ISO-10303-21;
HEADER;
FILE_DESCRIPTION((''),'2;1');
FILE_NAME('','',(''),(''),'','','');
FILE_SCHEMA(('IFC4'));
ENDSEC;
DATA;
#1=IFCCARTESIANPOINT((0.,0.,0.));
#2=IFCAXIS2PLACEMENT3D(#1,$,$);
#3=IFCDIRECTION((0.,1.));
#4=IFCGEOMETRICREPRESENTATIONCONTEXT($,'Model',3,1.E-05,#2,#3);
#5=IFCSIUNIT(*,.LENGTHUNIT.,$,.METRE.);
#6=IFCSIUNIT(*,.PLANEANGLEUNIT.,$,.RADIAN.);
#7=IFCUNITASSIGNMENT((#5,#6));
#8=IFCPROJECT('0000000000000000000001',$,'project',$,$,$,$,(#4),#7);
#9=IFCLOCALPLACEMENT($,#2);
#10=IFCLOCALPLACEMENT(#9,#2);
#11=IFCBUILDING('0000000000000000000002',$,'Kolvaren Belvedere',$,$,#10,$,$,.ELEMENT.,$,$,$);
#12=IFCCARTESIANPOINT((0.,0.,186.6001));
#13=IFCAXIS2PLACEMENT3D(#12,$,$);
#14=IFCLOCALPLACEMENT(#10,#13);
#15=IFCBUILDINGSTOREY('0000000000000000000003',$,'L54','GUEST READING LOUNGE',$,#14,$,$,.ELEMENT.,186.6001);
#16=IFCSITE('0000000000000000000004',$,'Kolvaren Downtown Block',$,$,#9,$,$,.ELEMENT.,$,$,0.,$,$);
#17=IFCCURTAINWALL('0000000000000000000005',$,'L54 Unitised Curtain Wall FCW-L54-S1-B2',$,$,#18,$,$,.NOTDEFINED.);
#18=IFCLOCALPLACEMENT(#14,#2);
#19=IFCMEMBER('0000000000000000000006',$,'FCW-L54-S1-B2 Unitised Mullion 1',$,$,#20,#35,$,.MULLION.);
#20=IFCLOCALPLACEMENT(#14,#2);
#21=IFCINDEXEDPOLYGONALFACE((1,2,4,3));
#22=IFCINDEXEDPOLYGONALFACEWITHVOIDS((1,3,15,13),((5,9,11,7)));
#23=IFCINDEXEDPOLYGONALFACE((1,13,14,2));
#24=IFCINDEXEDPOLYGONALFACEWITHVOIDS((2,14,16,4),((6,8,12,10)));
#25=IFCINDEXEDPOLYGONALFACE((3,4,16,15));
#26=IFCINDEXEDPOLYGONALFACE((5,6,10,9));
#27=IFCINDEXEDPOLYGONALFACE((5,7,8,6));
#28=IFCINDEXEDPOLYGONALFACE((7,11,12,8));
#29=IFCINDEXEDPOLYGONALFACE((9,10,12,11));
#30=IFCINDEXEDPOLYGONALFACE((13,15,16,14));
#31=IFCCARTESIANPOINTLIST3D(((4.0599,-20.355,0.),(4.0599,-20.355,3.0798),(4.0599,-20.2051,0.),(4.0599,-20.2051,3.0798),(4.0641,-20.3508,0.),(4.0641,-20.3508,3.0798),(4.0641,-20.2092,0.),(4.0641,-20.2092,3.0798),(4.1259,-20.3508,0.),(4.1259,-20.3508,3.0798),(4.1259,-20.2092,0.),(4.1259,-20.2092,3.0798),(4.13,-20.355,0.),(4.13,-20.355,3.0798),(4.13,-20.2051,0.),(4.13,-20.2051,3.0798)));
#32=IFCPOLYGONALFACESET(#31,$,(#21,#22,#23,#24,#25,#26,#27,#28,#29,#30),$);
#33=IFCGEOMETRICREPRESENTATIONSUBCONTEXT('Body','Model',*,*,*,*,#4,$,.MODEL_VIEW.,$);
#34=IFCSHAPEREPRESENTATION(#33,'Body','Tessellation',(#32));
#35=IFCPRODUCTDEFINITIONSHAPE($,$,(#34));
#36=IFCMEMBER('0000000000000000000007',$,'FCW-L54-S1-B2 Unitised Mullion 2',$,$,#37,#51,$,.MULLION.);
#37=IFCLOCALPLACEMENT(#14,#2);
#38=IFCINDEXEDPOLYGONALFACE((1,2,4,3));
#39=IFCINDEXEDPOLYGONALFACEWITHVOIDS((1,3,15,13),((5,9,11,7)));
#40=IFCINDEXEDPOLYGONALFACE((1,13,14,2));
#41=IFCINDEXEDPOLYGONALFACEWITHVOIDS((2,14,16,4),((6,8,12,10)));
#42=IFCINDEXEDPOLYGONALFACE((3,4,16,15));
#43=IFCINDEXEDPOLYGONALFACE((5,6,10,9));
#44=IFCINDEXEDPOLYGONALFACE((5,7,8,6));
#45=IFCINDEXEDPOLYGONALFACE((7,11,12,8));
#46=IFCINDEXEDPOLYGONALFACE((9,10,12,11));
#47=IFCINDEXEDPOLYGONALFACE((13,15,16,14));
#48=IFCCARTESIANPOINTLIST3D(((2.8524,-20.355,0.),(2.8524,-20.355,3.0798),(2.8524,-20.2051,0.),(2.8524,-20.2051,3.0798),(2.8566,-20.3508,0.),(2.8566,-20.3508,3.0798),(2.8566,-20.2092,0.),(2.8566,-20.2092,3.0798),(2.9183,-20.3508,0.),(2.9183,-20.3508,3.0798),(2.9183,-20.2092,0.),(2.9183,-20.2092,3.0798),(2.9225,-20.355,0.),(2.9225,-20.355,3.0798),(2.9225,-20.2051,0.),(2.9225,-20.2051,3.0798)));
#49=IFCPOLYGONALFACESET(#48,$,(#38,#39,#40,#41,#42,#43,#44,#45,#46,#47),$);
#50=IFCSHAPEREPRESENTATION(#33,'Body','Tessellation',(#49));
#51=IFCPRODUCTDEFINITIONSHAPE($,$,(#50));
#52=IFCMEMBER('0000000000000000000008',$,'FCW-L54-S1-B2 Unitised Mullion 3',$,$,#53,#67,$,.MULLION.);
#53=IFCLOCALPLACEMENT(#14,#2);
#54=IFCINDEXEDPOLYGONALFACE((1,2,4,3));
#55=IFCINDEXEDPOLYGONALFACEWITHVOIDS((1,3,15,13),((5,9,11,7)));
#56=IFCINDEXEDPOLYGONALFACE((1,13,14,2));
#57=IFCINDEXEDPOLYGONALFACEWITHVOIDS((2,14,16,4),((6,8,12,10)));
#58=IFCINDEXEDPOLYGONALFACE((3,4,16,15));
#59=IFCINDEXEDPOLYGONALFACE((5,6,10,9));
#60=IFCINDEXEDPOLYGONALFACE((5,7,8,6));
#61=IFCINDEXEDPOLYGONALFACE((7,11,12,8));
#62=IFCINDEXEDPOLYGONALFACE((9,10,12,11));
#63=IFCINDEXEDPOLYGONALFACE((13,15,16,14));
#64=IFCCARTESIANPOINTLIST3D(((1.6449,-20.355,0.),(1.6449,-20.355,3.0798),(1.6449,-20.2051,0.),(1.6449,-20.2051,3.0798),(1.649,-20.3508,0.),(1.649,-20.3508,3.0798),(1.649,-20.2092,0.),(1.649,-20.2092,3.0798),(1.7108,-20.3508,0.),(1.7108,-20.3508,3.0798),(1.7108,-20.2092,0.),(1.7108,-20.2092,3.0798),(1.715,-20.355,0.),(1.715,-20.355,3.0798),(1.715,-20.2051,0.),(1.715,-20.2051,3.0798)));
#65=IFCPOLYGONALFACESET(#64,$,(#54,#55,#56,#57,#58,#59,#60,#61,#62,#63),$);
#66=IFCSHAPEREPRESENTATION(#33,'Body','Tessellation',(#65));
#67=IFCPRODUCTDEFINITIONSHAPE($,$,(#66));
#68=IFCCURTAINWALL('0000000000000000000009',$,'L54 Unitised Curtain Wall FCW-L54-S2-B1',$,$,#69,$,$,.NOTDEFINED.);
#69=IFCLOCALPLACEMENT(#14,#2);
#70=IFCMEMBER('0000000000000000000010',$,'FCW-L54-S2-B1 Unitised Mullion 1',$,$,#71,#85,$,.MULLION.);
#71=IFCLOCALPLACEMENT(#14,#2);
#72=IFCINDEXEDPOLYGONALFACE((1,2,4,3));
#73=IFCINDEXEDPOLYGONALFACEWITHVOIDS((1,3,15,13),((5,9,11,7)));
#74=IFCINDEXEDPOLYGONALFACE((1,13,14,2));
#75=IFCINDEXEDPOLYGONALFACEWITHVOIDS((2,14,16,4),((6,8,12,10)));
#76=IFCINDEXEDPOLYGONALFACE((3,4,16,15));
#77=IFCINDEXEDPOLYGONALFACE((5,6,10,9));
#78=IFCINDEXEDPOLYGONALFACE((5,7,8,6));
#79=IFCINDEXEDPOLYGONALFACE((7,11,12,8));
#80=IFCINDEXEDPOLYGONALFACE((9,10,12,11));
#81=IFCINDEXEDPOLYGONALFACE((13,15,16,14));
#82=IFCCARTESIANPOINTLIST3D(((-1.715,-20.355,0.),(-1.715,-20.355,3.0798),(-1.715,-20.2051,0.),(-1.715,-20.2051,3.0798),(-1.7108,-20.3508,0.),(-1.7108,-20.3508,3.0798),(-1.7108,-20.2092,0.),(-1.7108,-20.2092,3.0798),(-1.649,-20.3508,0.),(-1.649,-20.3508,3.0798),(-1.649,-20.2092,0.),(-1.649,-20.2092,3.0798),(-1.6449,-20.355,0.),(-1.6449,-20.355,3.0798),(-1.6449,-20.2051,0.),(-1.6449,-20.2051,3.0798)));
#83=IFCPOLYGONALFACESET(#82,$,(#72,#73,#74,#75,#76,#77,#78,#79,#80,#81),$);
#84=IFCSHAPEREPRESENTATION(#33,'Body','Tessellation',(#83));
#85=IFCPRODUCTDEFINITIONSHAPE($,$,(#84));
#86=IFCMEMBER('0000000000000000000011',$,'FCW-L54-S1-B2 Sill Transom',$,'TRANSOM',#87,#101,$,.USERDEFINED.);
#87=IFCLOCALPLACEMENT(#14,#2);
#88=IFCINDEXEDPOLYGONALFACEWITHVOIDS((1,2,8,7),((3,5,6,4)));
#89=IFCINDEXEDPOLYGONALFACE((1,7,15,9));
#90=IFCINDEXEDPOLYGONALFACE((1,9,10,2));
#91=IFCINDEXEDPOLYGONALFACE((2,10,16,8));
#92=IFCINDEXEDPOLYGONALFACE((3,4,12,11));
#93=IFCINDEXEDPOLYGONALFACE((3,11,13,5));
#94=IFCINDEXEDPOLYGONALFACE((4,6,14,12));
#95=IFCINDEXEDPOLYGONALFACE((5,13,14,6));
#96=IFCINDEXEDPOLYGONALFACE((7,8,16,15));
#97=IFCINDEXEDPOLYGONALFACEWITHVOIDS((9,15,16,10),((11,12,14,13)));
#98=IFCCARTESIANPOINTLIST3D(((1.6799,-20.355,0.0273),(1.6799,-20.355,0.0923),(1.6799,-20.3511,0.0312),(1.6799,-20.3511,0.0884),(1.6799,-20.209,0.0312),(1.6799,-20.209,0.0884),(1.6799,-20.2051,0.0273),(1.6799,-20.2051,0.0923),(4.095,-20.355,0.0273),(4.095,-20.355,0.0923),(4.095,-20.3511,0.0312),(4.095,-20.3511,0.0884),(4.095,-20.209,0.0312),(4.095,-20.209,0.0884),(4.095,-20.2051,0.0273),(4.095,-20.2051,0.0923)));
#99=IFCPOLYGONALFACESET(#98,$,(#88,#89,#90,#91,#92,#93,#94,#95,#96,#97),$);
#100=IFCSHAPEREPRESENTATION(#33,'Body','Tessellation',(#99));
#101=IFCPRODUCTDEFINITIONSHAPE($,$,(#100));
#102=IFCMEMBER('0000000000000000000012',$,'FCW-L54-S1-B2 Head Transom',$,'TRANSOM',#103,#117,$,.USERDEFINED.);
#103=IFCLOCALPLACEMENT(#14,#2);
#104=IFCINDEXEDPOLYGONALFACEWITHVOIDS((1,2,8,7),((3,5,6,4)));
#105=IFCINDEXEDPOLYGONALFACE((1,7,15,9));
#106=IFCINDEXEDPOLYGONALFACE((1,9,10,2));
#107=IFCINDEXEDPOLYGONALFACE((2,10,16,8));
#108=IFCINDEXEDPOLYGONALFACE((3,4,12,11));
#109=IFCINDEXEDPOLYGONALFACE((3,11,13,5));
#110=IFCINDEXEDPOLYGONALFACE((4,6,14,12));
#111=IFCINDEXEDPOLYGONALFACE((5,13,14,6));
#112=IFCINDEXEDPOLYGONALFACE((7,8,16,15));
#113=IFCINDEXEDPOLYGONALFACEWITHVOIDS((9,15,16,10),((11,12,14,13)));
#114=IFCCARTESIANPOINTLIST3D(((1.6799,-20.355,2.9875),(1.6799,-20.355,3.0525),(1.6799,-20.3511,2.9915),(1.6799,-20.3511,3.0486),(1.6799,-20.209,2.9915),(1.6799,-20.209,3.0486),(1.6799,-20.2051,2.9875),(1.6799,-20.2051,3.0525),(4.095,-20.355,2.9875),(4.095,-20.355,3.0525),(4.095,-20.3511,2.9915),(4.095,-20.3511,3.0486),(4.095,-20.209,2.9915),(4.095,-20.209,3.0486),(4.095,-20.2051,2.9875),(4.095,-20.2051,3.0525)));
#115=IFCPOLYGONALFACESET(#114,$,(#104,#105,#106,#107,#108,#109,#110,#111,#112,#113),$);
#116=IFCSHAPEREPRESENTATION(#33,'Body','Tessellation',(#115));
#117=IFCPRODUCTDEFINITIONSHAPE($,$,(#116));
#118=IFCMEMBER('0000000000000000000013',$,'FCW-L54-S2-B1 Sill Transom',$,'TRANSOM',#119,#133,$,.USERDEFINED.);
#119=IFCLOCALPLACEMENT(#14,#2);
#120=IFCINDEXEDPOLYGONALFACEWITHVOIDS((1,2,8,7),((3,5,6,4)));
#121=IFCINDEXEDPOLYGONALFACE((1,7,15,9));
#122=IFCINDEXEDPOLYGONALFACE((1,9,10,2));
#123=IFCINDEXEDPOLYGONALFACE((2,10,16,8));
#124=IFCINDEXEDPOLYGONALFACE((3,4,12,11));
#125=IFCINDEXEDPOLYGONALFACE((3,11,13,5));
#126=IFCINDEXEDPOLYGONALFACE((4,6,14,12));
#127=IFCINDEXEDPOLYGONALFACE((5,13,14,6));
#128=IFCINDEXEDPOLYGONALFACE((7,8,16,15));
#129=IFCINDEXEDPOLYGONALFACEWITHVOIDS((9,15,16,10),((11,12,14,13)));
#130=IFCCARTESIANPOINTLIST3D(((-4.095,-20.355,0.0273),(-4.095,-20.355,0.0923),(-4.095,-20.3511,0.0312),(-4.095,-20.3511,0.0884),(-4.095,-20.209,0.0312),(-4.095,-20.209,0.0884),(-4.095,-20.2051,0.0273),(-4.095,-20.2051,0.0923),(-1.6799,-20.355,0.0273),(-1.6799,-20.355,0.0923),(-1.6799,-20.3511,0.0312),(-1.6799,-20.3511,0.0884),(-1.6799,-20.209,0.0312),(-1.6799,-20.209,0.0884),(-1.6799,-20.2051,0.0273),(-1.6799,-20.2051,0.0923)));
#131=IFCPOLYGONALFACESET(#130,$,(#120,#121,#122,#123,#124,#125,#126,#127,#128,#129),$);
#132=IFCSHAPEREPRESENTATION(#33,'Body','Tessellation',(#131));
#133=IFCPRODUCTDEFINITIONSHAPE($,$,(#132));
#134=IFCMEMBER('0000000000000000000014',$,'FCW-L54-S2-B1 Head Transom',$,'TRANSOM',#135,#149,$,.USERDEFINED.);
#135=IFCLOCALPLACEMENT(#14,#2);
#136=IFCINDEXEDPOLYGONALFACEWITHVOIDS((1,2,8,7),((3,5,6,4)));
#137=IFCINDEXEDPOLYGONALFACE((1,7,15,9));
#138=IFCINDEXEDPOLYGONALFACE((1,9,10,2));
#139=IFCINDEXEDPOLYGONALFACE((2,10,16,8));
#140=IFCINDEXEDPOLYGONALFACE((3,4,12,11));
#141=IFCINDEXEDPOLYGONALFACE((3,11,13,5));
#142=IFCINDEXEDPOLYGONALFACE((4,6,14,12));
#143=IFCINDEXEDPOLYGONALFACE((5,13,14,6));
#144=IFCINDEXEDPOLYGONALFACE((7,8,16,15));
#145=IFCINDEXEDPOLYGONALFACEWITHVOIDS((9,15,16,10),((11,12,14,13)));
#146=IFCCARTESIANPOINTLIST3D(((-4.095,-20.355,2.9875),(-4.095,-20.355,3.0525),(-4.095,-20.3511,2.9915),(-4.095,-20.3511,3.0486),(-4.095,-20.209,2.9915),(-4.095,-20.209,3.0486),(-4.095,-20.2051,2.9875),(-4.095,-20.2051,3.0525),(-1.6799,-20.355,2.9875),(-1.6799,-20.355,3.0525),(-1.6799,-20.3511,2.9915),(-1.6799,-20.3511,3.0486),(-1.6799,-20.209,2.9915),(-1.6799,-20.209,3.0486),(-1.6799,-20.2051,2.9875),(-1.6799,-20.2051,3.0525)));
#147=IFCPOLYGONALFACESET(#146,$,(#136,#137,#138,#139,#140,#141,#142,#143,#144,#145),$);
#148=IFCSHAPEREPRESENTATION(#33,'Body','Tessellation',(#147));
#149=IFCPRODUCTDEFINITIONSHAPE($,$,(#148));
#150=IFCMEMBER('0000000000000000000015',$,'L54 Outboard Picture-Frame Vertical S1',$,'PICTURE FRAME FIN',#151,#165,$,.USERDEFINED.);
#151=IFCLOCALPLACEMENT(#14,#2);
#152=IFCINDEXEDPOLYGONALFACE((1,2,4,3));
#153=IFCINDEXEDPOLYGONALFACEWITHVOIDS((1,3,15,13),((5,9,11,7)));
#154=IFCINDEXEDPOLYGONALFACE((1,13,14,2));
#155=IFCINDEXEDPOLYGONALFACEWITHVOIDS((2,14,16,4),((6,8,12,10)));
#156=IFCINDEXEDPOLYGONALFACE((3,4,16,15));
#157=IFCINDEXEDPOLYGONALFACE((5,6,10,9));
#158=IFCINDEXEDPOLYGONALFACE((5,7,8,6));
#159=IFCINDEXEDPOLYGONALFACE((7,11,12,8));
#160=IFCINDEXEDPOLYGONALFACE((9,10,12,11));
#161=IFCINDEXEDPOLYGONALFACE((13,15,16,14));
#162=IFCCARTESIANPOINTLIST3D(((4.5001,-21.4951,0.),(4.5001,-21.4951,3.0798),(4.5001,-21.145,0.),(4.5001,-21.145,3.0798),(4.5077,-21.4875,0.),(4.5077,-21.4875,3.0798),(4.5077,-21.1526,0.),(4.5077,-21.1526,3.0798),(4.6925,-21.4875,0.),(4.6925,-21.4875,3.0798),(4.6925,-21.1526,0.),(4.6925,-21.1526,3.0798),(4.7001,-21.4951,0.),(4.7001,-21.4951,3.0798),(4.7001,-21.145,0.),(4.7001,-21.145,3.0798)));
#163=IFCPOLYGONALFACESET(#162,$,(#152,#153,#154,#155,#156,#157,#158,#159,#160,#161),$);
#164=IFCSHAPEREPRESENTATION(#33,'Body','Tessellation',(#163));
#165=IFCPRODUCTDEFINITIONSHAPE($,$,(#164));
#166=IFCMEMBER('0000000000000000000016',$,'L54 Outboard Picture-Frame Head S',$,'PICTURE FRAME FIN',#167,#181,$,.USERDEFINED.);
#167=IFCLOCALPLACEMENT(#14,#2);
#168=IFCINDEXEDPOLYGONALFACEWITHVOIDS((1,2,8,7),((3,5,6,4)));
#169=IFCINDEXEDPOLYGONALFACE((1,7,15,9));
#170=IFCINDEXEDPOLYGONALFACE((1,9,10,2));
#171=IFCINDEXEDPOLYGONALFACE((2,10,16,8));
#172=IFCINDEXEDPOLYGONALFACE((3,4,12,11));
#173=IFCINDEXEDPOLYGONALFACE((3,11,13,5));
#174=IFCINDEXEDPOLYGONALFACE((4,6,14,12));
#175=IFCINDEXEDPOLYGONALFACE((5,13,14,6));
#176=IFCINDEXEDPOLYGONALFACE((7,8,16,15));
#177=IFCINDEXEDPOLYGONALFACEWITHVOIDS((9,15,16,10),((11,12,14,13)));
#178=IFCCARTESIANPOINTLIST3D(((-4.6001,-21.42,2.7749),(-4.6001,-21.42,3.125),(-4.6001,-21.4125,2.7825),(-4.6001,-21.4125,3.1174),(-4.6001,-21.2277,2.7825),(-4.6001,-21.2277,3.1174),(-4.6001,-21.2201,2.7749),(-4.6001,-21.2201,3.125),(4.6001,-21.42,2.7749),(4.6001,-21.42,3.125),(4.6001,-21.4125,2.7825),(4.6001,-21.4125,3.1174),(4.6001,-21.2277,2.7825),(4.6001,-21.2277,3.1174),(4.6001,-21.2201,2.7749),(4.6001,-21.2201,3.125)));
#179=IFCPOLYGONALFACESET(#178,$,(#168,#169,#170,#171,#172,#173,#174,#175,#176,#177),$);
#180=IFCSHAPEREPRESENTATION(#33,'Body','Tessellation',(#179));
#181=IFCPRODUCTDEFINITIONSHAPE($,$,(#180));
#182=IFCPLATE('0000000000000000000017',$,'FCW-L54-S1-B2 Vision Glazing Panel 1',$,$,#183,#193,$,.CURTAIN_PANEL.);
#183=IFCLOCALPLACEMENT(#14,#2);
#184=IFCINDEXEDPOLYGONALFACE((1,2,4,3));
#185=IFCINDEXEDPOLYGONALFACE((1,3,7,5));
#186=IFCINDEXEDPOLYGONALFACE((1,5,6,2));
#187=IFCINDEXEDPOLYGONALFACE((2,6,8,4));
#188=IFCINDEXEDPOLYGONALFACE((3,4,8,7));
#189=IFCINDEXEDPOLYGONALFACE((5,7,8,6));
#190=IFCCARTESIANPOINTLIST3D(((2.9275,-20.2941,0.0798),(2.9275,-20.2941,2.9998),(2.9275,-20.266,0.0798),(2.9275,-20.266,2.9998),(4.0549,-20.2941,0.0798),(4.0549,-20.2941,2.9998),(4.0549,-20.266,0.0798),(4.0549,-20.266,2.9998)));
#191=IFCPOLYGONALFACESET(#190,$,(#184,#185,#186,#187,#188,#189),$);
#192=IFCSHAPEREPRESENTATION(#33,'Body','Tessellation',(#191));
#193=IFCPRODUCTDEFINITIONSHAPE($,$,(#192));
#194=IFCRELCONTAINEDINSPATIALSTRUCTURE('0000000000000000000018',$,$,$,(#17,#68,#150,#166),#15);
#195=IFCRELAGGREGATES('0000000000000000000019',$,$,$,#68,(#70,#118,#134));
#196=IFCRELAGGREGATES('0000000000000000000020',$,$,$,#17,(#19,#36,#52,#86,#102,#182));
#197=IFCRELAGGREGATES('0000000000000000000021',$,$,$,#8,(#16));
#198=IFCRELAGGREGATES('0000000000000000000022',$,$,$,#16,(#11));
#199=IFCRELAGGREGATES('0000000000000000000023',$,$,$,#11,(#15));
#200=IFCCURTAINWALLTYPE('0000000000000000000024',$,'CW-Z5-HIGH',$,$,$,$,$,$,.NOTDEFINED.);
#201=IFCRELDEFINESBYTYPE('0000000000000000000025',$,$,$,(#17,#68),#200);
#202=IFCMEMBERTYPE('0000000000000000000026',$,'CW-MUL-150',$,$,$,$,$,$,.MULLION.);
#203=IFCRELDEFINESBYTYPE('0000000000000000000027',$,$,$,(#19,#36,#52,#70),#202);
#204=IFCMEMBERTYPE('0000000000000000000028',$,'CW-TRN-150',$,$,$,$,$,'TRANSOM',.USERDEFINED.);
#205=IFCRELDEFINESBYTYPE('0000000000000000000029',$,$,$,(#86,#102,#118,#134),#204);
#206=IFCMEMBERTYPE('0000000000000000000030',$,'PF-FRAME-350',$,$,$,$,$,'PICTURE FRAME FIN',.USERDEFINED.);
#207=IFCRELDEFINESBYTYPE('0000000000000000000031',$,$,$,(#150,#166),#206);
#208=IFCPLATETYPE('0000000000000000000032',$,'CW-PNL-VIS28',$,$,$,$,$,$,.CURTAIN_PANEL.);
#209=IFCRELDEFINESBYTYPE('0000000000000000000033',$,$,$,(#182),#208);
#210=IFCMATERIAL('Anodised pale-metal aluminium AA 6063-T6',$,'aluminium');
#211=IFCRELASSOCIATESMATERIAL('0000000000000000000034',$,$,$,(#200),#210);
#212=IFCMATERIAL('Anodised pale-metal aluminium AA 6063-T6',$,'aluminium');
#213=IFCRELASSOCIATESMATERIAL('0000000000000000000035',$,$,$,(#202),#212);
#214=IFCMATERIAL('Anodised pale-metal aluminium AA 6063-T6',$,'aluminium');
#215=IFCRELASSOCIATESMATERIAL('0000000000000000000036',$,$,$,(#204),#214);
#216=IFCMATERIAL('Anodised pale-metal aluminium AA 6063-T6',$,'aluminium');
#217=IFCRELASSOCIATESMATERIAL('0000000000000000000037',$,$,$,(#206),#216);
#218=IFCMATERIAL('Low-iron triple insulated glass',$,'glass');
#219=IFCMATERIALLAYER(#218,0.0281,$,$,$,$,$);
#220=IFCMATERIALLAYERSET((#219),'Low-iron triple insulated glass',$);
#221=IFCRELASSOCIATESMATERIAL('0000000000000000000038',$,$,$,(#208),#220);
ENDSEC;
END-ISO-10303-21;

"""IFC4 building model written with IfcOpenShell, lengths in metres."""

from ifc_helpers import new_model, si_unit, direction, frame, origin, origin_2d, place, context, subcontext, project, spatial, rectangle, hollow_rectangle, extrude, material, layer, layer_set, material_profile, profile_set, type_object, element, aggregate, save


model = new_model("IFC4")

# Units and contexts
model_context = context("Model", 3, precision=1e-05, world=origin(), true_north=direction((0.0, 1.0)))
body_context = subcontext(model_context, "Body", "Model", "MODEL_VIEW")
ifc_project = project(units=[si_unit("LENGTHUNIT", "METRE"), si_unit("PLANEANGLEUNIT", "RADIAN")], contexts=[model_context])

# Site, building, storey
site_placement = place(None, origin())
site = spatial("IfcSite", under=ifc_project, at=site_placement, Name="Kolvaren Downtown Block", CompositionType="ELEMENT", RefElevation=0.0)
building_placement = place(site_placement, origin())
building = spatial("IfcBuilding", under=site, at=building_placement, Name="Kolvaren Belvedere", CompositionType="ELEMENT")
storey_placement = place(building_placement, frame((0.0, 0.0, 186.6001)))
storey = spatial("IfcBuildingStorey", under=building, at=storey_placement, Name="L54", Description="GUEST READING LOUNGE", CompositionType="ELEMENT", Elevation=186.6001)

# Curtain wall, members
ifc_material_1 = material(Name="Anodised pale-metal aluminium AA 6063-T6", Category="aluminium")
curtain_wall_type = type_object("IfcCurtainWallType", Name="CW-Z5-HIGH", PredefinedType="NOTDEFINED", material=ifc_material_1)
curtain_wall_1_placement = place(storey_placement, origin())
curtain_wall_1 = element("IfcCurtainWall", 1, at=curtain_wall_1_placement, inside=storey, type_object=curtain_wall_type, Name="L54 Unitised Curtain Wall FCW-L54-S1-B2", PredefinedType="NOTDEFINED")
ifc_material_2 = material(Name="Anodised pale-metal aluminium AA 6063-T6", Category="aluminium")
ifc_material_profile_1 = material_profile(ifc_material_2, hollow_rectangle(XDim=0.0701, YDim=0.1499, WallThickness=0.0042, at=origin_2d()), Name="ALU-MUL-150X70")
ifc_profile_set_1 = profile_set([ifc_material_profile_1], Name="Anodised pale-metal aluminium AA 6063-T6")
member_type_1 = type_object("IfcMemberType", Name="CW-MUL-150", PredefinedType="MULLION", material=ifc_profile_set_1)
member_1_placement = place(storey_placement, frame((4.095, -20.28, 0.0), z_axis=(0.0, 0.0, 1.0), x_axis=(1.0, 0.0, 0.0)))
member_1 = element("IfcMember", 2, at=member_1_placement, type_object=member_type_1, Name="FCW-L54-S1-B2 Unitised Mullion 1", PredefinedType="MULLION", context=body_context, shape_type="SweptSolid", body=[
    extrude(hollow_rectangle(XDim=0.0701, YDim=0.1499, WallThickness=0.0042, at=origin_2d()), origin(), (0.0, 0.0, 1.0), 3.0798),
])
member_2_placement = place(storey_placement, frame((2.8875, -20.28, 0.0), z_axis=(0.0, 0.0, 1.0), x_axis=(1.0, 0.0, 0.0)))
member_2 = element("IfcMember", 3, at=member_2_placement, type_object=member_type_1, Name="FCW-L54-S1-B2 Unitised Mullion 2", PredefinedType="MULLION", context=body_context, shape_type="SweptSolid", body=[
    extrude(hollow_rectangle(XDim=0.0701, YDim=0.1499, WallThickness=0.0042, at=origin_2d()), origin(), (0.0, 0.0, 1.0), 3.0798),
])
member_3_placement = place(storey_placement, frame((1.6799, -20.28, 0.0), z_axis=(0.0, 0.0, 1.0), x_axis=(1.0, 0.0, 0.0)))
member_3 = element("IfcMember", 4, at=member_3_placement, type_object=member_type_1, Name="FCW-L54-S1-B2 Unitised Mullion 3", PredefinedType="MULLION", context=body_context, shape_type="SweptSolid", body=[
    extrude(hollow_rectangle(XDim=0.0701, YDim=0.1499, WallThickness=0.0042, at=origin_2d()), origin(), (0.0, 0.0, 1.0), 3.0798),
])

# Curtain wall, member
curtain_wall_2_placement = place(storey_placement, origin())
curtain_wall_2 = element("IfcCurtainWall", 5, at=curtain_wall_2_placement, inside=storey, type_object=curtain_wall_type, Name="L54 Unitised Curtain Wall FCW-L54-S2-B1", PredefinedType="NOTDEFINED")
member_4_placement = place(storey_placement, frame((-1.6799, -20.28, 0.0), z_axis=(0.0, 0.0, 1.0), x_axis=(1.0, 0.0, 0.0)))
member_4 = element("IfcMember", 6, at=member_4_placement, type_object=member_type_1, Name="FCW-L54-S2-B1 Unitised Mullion 1", PredefinedType="MULLION", context=body_context, shape_type="SweptSolid", body=[
    extrude(hollow_rectangle(XDim=0.0701, YDim=0.1499, WallThickness=0.0042, at=origin_2d()), origin(), (0.0, 0.0, 1.0), 3.0798),
])

# Members
ifc_material_3 = material(Name="Anodised pale-metal aluminium AA 6063-T6", Category="aluminium")
ifc_material_profile_2 = material_profile(ifc_material_3, hollow_rectangle(XDim=0.0649, YDim=0.1499, WallThickness=0.0039, at=origin_2d()), Name="ALU-TRN-150X65")
ifc_profile_set_2 = profile_set([ifc_material_profile_2], Name="Anodised pale-metal aluminium AA 6063-T6")
member_type_2 = type_object("IfcMemberType", Name="CW-TRN-150", ElementType="TRANSOM", PredefinedType="USERDEFINED", material=ifc_profile_set_2)
member_5_placement = place(storey_placement, frame((4.095, -20.28, 0.0598), z_axis=(-1.0, 0.0, 0.0), x_axis=(0.0, 0.0, 1.0)))
member_5 = element("IfcMember", 7, at=member_5_placement, type_object=member_type_2, Name="FCW-L54-S1-B2 Sill Transom", ObjectType="TRANSOM", PredefinedType="USERDEFINED", context=body_context, shape_type="SweptSolid", body=[
    extrude(hollow_rectangle(XDim=0.0649, YDim=0.1499, WallThickness=0.0039, at=origin_2d()), origin(), (0.0, 0.0, 1.0), 2.415),
])
member_6_placement = place(storey_placement, frame((4.095, -20.28, 3.02), z_axis=(-1.0, 0.0, 0.0), x_axis=(0.0, 0.0, 1.0)))
member_6 = element("IfcMember", 8, at=member_6_placement, type_object=member_type_2, Name="FCW-L54-S1-B2 Head Transom", ObjectType="TRANSOM", PredefinedType="USERDEFINED", context=body_context, shape_type="SweptSolid", body=[
    extrude(hollow_rectangle(XDim=0.0649, YDim=0.1499, WallThickness=0.0039, at=origin_2d()), origin(), (0.0, 0.0, 1.0), 2.415),
])
member_7_placement = place(storey_placement, frame((-1.6799, -20.28, 0.0598), z_axis=(-1.0, 0.0, 0.0), x_axis=(0.0, 0.0, 1.0)))
member_7 = element("IfcMember", 9, at=member_7_placement, type_object=member_type_2, Name="FCW-L54-S2-B1 Sill Transom", ObjectType="TRANSOM", PredefinedType="USERDEFINED", context=body_context, shape_type="SweptSolid", body=[
    extrude(hollow_rectangle(XDim=0.0649, YDim=0.1499, WallThickness=0.0039, at=origin_2d()), origin(), (0.0, 0.0, 1.0), 2.415),
])
member_8_placement = place(storey_placement, frame((-1.6799, -20.28, 3.02), z_axis=(-1.0, 0.0, 0.0), x_axis=(0.0, 0.0, 1.0)))
member_8 = element("IfcMember", 10, at=member_8_placement, type_object=member_type_2, Name="FCW-L54-S2-B1 Head Transom", ObjectType="TRANSOM", PredefinedType="USERDEFINED", context=body_context, shape_type="SweptSolid", body=[
    extrude(hollow_rectangle(XDim=0.0649, YDim=0.1499, WallThickness=0.0039, at=origin_2d()), origin(), (0.0, 0.0, 1.0), 2.415),
])
aggregate(curtain_wall_2, [member_4, member_7, member_8])

# Members
ifc_material_4 = material(Name="Anodised pale-metal aluminium AA 6063-T6", Category="aluminium")
ifc_material_profile_3 = material_profile(ifc_material_4, hollow_rectangle(XDim=0.2, YDim=0.3501, WallThickness=0.0076, at=origin_2d()), Name="ALU-PF-350X200")
ifc_profile_set_3 = profile_set([ifc_material_profile_3], Name="Anodised pale-metal aluminium AA 6063-T6")
member_type_3 = type_object("IfcMemberType", Name="PF-FRAME-350", ElementType="PICTURE FRAME FIN", PredefinedType="USERDEFINED", material=ifc_profile_set_3)
member_9_placement = place(storey_placement, frame((4.6001, -21.3201, 0.0), z_axis=(0.0, 0.0, 1.0), x_axis=(1.0, 0.0, 0.0)))
element("IfcMember", 11, at=member_9_placement, inside=storey, type_object=member_type_3, Name="L54 Outboard Picture-Frame Vertical S1", ObjectType="PICTURE FRAME FIN", PredefinedType="USERDEFINED", context=body_context, shape_type="SweptSolid", body=[
    extrude(hollow_rectangle(XDim=0.2, YDim=0.3501, WallThickness=0.0076, at=origin_2d()), origin(), (0.0, 0.0, 1.0), 3.0798),
])
member_10_placement = place(storey_placement, frame((4.6001, -21.3201, 2.95), z_axis=(-1.0, 0.0, 0.0), x_axis=(0.0, -1.0, 0.0)))
element("IfcMember", 12, at=member_10_placement, inside=storey, type_object=member_type_3, Name="L54 Outboard Picture-Frame Head S", ObjectType="PICTURE FRAME FIN", PredefinedType="USERDEFINED", context=body_context, shape_type="SweptSolid", body=[
    extrude(hollow_rectangle(XDim=0.2, YDim=0.3501, WallThickness=0.0076, at=origin_2d()), origin(), (0.0, 0.0, 1.0), 9.2002),
])

# Plate
ifc_material_5 = material(Name="Low-iron triple insulated glass", Category="glass")
ifc_layer_1 = layer(ifc_material_5, 0.0281)
ifc_layer_set_1 = layer_set([ifc_layer_1], Name="Low-iron triple insulated glass")
plate_type_1 = type_object("IfcPlateType", Name="CW-PNL-VIS28", PredefinedType="CURTAIN_PANEL", material=ifc_layer_set_1)
plate_1_placement = place(storey_placement, frame((3.4912, -20.28, 0.0798), z_axis=(0.0, 0.0, 1.0), x_axis=(-1.0, 0.0, 0.0)))
plate_1 = element("IfcPlate", 13, at=plate_1_placement, type_object=plate_type_1, Name="FCW-L54-S1-B2 Vision Glazing Panel 1", PredefinedType="CURTAIN_PANEL", context=body_context, shape_type="SweptSolid", body=[
    extrude(rectangle(XDim=1.1274, YDim=0.0281, at=origin_2d()), origin(), (0.0, 0.0, 1.0), 2.9199),
])
aggregate(curtain_wall_1, [member_1, member_2, member_3, member_5, member_6, plate_1])

save(model, "model.ifc")
